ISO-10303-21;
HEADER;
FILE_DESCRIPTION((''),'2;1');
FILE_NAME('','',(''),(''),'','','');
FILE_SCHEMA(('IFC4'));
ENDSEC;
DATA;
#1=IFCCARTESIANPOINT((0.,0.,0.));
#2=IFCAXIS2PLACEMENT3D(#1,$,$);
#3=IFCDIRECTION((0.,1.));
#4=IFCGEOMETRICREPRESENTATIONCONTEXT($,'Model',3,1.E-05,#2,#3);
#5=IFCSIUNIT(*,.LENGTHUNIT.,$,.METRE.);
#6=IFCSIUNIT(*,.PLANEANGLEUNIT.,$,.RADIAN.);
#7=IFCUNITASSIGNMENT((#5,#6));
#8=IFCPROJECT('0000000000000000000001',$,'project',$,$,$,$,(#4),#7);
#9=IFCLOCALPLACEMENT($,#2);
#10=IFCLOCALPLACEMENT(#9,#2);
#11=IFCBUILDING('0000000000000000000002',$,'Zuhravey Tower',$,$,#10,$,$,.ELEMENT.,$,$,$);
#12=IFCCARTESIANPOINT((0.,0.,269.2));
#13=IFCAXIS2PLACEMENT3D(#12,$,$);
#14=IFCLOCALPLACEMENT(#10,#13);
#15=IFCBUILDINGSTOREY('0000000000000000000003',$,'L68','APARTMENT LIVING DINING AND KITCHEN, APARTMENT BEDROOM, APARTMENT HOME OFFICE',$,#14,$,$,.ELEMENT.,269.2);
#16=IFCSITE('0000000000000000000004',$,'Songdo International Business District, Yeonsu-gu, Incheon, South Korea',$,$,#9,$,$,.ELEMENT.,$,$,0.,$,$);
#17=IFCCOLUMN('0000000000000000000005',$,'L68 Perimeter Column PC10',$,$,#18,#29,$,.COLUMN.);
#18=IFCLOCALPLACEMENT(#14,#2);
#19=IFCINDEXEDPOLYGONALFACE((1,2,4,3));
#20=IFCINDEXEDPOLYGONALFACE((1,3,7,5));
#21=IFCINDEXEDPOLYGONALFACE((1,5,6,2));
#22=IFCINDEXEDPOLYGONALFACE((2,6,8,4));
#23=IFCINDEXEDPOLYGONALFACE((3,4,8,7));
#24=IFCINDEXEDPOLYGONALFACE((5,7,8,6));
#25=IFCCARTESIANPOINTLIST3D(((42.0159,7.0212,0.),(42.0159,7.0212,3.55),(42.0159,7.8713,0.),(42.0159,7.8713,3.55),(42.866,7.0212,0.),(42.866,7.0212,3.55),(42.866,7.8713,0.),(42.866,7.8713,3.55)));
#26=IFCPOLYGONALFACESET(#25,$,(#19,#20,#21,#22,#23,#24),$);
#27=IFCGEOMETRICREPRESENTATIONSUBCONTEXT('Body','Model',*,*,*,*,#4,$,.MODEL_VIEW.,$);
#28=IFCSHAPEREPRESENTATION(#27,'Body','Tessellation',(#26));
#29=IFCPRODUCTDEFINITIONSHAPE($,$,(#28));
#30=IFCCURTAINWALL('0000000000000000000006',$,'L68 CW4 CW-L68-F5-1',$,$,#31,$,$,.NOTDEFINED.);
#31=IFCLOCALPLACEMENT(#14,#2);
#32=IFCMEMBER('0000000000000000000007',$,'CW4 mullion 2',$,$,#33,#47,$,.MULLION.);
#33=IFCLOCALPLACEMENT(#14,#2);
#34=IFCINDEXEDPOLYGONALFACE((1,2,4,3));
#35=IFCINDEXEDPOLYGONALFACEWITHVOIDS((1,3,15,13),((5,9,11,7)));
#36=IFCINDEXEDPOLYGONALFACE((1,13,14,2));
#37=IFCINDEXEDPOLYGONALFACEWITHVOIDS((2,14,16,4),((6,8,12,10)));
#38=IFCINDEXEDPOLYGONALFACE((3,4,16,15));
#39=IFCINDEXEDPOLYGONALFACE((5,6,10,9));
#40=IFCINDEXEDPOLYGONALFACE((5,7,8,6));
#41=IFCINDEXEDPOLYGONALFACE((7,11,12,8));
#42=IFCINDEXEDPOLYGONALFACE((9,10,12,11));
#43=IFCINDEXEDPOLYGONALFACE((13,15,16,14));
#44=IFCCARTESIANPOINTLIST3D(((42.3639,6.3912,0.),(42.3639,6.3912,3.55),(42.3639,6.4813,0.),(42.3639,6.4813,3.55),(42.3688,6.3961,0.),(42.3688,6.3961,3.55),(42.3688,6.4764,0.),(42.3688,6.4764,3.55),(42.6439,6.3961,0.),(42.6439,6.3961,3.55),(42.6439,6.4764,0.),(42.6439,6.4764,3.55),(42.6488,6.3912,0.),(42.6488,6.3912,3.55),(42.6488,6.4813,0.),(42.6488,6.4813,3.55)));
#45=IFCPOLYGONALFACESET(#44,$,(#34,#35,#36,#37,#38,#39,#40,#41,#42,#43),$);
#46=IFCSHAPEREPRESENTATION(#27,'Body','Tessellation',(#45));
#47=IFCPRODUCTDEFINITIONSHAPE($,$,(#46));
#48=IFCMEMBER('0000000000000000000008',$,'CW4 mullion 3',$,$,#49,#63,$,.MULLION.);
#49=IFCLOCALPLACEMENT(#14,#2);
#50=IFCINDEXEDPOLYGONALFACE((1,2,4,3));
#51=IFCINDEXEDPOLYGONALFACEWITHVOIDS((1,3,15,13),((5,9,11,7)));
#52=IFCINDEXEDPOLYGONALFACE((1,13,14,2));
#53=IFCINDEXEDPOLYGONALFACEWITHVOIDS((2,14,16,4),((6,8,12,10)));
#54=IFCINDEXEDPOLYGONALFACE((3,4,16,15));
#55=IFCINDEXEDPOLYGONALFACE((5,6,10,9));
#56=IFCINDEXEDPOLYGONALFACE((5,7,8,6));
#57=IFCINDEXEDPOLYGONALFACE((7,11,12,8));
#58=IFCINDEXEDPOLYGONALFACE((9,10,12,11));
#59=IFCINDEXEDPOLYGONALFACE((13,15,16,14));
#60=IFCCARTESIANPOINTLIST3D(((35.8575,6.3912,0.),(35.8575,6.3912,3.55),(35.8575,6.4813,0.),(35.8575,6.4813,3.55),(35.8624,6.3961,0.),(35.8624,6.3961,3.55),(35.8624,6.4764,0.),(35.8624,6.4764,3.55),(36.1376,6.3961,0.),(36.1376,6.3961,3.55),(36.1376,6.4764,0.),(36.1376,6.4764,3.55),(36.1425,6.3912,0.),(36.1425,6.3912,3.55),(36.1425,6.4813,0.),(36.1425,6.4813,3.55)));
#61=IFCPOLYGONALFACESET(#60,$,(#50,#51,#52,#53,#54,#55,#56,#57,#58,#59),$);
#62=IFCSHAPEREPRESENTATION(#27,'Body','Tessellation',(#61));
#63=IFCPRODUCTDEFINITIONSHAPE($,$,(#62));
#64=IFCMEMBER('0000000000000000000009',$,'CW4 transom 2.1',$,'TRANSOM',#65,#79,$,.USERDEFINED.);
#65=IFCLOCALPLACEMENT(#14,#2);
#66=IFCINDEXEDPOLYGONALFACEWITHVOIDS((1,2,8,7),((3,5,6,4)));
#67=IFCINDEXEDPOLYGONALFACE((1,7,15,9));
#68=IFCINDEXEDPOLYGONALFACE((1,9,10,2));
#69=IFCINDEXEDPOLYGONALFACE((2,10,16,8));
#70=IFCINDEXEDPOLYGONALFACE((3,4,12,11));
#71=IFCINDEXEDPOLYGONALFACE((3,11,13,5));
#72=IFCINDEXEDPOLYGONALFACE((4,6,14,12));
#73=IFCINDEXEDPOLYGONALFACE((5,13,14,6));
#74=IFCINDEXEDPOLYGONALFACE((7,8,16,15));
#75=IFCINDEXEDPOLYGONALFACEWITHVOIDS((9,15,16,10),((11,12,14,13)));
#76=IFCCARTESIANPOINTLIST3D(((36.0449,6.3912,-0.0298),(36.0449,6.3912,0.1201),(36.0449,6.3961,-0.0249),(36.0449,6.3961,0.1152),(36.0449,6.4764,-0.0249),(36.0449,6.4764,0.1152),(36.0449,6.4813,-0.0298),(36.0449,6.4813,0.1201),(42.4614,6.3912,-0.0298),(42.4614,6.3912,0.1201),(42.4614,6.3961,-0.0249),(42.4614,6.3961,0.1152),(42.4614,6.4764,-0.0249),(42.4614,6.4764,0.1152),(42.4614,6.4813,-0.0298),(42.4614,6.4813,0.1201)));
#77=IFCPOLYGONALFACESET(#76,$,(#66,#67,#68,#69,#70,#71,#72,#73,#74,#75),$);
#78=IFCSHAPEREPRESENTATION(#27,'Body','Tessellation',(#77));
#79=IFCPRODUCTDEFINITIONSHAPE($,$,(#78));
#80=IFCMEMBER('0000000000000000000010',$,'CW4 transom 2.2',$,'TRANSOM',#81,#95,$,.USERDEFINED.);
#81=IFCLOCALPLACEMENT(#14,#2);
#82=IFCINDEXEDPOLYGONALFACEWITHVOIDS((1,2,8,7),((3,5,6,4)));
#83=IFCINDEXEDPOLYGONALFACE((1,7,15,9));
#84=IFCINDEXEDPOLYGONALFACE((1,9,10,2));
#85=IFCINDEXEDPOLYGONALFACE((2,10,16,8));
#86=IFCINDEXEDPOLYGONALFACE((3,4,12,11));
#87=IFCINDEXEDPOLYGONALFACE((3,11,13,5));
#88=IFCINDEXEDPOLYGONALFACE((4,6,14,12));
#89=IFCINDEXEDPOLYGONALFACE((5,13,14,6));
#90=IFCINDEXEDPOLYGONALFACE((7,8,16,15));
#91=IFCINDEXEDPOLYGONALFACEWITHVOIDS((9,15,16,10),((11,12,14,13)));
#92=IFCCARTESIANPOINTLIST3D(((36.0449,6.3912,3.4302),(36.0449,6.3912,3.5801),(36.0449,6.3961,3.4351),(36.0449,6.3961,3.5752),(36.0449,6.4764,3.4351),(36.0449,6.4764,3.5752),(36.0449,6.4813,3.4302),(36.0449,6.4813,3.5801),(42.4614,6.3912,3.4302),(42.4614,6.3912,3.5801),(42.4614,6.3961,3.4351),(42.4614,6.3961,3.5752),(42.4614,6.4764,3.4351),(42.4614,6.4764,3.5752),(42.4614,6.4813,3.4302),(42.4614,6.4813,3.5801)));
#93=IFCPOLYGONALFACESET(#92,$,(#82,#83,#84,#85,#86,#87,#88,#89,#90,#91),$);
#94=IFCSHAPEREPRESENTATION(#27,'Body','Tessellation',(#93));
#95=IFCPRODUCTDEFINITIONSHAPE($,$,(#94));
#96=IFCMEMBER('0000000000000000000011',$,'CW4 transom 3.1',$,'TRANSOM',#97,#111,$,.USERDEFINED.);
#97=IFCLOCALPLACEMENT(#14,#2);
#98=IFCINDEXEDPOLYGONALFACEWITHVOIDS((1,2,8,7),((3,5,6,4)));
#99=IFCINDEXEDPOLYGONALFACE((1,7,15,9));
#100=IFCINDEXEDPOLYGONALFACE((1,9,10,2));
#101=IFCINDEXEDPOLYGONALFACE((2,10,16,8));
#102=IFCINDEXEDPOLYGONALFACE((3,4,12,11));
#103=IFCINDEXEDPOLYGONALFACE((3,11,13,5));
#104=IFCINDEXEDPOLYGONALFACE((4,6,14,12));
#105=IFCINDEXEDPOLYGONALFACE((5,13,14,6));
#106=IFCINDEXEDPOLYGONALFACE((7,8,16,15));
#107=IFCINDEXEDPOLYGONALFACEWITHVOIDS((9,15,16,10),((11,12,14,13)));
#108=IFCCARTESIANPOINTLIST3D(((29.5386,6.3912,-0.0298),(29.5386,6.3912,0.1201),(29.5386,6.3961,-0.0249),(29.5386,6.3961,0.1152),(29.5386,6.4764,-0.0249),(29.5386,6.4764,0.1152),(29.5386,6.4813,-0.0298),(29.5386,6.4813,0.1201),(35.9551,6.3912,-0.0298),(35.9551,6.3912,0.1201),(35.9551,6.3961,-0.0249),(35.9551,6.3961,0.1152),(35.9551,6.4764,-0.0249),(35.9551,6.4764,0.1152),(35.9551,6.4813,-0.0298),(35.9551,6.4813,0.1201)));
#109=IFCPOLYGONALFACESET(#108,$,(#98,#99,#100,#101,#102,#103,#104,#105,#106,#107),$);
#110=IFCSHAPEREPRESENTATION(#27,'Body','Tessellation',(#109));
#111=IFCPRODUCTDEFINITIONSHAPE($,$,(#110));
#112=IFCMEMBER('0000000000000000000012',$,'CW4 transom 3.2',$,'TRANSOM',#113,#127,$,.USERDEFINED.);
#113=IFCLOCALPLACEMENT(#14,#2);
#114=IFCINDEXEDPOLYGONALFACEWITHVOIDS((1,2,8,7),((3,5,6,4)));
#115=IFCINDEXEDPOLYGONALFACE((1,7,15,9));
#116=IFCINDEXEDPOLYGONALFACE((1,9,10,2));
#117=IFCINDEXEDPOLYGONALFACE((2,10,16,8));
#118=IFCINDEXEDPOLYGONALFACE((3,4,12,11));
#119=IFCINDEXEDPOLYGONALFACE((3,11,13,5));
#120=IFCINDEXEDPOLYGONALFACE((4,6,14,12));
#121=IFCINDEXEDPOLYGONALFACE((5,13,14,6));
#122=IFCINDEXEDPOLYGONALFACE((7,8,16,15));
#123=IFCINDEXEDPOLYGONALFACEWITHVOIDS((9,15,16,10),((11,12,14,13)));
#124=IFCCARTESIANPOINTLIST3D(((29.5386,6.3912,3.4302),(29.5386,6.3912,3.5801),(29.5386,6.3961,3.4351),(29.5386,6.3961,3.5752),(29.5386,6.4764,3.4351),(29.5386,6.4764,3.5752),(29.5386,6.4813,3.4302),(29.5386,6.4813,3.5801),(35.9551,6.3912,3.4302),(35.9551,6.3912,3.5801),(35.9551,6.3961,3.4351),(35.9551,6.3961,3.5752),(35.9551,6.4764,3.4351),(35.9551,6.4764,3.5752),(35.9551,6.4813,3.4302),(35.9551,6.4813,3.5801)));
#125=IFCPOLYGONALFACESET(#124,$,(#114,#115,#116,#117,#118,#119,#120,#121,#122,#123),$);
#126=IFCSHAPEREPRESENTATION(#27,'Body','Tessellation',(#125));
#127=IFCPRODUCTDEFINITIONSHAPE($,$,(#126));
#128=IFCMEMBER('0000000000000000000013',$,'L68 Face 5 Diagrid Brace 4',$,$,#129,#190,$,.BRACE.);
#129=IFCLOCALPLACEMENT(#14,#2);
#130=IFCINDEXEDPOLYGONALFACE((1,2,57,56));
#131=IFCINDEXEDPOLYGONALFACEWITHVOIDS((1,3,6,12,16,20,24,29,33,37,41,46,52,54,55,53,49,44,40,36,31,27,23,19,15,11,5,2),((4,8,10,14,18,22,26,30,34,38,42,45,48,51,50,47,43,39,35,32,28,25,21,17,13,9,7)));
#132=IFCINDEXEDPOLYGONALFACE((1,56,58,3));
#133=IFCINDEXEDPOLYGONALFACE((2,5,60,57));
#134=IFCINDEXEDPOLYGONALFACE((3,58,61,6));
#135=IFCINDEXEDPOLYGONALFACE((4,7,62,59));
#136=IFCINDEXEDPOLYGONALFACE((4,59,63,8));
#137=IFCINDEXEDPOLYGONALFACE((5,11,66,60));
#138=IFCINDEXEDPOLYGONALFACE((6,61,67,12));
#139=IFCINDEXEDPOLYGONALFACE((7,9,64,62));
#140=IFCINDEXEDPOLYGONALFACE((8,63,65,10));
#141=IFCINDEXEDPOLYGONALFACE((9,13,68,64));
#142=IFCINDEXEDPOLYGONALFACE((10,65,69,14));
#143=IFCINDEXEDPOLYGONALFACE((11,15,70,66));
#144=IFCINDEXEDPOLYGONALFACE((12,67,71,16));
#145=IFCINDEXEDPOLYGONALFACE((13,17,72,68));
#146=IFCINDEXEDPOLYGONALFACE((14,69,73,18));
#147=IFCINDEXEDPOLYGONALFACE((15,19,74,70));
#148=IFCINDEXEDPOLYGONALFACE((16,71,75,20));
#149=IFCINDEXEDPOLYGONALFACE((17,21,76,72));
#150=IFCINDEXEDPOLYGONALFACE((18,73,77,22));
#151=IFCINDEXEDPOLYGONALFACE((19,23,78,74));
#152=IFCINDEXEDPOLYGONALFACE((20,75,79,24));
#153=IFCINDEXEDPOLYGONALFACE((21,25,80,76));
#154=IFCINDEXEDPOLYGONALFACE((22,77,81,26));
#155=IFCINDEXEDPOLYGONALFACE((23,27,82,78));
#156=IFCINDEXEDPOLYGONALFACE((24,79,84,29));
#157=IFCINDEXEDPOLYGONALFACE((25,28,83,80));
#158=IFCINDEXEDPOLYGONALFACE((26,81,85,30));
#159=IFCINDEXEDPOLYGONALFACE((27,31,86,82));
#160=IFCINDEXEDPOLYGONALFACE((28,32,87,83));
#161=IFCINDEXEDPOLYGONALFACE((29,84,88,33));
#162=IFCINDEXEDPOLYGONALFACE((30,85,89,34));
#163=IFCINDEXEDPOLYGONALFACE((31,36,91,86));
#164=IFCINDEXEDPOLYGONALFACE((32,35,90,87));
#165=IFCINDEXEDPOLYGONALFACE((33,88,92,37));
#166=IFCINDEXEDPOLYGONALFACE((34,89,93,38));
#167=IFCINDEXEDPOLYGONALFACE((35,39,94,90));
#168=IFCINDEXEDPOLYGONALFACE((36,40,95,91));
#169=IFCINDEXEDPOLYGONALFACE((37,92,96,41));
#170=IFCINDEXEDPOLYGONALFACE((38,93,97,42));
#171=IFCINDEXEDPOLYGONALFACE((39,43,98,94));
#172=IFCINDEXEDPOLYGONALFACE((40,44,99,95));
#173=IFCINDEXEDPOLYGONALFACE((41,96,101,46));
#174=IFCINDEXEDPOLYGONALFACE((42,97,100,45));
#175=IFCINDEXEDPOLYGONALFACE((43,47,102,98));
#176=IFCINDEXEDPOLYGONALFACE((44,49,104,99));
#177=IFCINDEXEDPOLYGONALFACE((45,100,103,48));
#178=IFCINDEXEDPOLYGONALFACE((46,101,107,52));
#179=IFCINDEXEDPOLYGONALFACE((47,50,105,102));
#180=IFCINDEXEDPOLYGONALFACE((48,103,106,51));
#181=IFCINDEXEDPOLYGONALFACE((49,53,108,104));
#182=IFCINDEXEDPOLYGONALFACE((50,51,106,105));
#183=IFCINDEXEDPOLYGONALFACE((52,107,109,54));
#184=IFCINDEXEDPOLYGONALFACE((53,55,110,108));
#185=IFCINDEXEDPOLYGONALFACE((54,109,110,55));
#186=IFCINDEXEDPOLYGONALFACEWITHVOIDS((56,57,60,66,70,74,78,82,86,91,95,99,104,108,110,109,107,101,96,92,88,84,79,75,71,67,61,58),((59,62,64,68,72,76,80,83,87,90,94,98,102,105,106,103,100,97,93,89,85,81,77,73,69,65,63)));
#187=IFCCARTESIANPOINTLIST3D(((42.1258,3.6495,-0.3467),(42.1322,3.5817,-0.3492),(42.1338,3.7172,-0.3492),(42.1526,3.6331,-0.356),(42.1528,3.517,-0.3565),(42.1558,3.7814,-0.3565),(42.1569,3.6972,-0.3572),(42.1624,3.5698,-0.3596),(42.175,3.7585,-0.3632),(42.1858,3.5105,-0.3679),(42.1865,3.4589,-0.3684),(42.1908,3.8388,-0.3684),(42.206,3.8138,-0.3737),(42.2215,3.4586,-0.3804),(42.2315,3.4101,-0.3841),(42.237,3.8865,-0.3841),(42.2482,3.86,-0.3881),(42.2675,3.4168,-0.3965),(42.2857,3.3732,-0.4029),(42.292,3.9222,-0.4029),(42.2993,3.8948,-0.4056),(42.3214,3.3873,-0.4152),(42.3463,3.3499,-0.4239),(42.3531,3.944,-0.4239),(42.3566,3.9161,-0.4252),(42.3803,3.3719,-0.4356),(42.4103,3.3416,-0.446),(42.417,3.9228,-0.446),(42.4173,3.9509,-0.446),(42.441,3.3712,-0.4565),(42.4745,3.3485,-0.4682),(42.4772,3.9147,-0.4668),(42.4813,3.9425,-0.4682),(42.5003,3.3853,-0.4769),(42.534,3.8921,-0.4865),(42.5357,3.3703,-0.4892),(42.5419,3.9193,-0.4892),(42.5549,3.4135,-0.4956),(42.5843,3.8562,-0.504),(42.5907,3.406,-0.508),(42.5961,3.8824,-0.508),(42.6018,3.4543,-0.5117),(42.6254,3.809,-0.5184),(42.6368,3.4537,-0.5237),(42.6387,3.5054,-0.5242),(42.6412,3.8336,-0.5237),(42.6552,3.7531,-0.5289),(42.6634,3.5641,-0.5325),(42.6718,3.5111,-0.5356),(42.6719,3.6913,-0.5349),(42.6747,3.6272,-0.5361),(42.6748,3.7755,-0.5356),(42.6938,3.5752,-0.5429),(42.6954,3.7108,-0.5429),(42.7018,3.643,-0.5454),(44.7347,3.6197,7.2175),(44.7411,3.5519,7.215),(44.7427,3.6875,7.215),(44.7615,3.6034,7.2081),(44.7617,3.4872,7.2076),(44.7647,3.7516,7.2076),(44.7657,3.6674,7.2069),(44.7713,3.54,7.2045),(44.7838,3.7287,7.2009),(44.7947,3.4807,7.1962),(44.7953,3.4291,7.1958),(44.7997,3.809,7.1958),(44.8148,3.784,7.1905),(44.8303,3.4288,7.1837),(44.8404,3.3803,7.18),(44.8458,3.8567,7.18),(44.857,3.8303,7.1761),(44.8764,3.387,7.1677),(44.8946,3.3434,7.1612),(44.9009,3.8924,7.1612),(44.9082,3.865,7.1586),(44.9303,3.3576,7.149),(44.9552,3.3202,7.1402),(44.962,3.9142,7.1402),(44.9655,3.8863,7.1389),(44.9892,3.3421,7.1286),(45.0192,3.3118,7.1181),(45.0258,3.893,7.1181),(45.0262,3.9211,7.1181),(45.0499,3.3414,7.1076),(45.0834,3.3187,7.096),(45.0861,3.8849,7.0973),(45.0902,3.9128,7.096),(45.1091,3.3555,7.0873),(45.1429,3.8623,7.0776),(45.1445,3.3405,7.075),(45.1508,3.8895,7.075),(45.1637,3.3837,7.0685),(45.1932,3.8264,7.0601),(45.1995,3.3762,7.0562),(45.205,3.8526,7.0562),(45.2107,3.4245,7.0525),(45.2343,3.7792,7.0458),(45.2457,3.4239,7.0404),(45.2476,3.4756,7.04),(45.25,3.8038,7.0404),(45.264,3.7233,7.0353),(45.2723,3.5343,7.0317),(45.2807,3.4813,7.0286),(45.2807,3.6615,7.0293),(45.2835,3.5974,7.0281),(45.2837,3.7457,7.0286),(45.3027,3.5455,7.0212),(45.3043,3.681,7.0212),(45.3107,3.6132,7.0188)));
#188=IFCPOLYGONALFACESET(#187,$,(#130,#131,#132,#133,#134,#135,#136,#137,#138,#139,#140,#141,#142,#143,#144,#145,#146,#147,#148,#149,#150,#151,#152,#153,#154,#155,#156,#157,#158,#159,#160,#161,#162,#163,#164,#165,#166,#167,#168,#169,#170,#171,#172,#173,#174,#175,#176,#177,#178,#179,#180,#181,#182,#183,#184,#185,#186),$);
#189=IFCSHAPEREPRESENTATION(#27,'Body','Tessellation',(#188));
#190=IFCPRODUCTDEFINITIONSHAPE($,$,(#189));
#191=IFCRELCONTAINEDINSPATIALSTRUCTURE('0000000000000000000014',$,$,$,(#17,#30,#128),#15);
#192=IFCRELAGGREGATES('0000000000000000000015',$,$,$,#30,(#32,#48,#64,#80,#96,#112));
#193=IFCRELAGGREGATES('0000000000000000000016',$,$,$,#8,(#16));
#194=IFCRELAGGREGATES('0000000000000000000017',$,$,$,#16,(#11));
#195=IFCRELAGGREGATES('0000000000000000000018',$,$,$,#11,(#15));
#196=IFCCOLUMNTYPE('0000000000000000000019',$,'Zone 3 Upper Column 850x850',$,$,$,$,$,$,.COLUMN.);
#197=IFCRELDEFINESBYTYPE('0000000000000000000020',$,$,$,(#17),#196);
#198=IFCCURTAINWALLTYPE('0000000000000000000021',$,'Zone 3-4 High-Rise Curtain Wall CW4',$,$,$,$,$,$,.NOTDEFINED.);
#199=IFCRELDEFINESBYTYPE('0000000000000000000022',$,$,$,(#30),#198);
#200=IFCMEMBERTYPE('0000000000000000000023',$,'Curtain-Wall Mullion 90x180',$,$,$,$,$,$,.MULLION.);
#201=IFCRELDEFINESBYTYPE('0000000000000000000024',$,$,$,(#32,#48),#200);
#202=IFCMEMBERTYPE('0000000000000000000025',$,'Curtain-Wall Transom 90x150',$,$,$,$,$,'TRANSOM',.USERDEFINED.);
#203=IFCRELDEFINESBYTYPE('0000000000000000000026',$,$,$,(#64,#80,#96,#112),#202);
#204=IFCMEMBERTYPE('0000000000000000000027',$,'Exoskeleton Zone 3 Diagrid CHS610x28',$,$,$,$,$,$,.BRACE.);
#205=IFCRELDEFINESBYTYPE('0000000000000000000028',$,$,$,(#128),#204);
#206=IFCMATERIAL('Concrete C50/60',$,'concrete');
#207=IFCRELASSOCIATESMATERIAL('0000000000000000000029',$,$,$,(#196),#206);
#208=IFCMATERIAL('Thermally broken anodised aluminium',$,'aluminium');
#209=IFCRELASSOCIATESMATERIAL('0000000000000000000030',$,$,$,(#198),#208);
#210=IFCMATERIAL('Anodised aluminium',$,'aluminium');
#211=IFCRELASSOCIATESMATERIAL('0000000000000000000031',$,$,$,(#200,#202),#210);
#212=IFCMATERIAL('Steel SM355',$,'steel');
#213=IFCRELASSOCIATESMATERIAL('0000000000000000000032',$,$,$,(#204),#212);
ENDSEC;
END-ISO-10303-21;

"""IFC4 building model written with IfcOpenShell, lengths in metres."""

from ifc_helpers import new_model, si_unit, direction, frame, origin, origin_2d, place, context, subcontext, project, spatial, rectangle, hollow_rectangle, hollow_circle, extrude, material, material_profile, profile_set, type_object, element, aggregate, save


model = new_model("IFC4")

# Units and contexts
model_context = context("Model", 3, precision=1e-05, world=origin(), true_north=direction((0.0, 1.0)))
body_context = subcontext(model_context, "Body", "Model", "MODEL_VIEW")
ifc_project = project(units=[si_unit("LENGTHUNIT", "METRE"), si_unit("PLANEANGLEUNIT", "RADIAN")], contexts=[model_context])

# Site, building, storey
site_placement = place(None, origin())
site = spatial("IfcSite", under=ifc_project, at=site_placement, Name="Songdo International Business District, Yeonsu-gu, Incheon, South Korea", CompositionType="ELEMENT", RefElevation=0.0)
building_placement = place(site_placement, origin())
building = spatial("IfcBuilding", under=site, at=building_placement, Name="Zuhravey Tower", CompositionType="ELEMENT")
storey_placement = place(building_placement, frame((0.0, 0.0, 269.2)))
storey = spatial("IfcBuildingStorey", under=building, at=storey_placement, Name="L68", Description="APARTMENT LIVING DINING AND KITCHEN, APARTMENT BEDROOM, APARTMENT HOME OFFICE", CompositionType="ELEMENT", Elevation=269.2)

# Column
ifc_material_1 = material(Name="Concrete C50/60", Category="concrete")
ifc_material_profile_1 = material_profile(ifc_material_1, rectangle(XDim=0.8501, YDim=0.8501, at=origin_2d()), Name="RC-850x850")
ifc_profile_set_1 = profile_set([ifc_material_profile_1], Name="Concrete C50/60")
column_type = type_object("IfcColumnType", Name="Zone 3 Upper Column 850x850", PredefinedType="COLUMN", material=ifc_profile_set_1)
column_placement = place(storey_placement, frame((42.4409, 7.4463, 0.0), z_axis=(0.0, 0.0, 1.0), x_axis=(1.0, 0.0, 0.0)))
element("IfcColumn", 1, at=column_placement, inside=storey, type_object=column_type, Name="L68 Perimeter Column PC10", PredefinedType="COLUMN", context=body_context, shape_type="SweptSolid", body=[
    extrude(rectangle(XDim=0.8501, YDim=0.8501, at=origin_2d()), origin(), (0.0, 0.0, 1.0), 3.55),
])

# Curtain wall, members
ifc_material_2 = material(Name="Thermally broken anodised aluminium", Category="aluminium")
curtain_wall_type = type_object("IfcCurtainWallType", Name="Zone 3-4 High-Rise Curtain Wall CW4", PredefinedType="NOTDEFINED", material=ifc_material_2)
curtain_wall_placement = place(storey_placement, origin())
curtain_wall = element("IfcCurtainWall", 2, at=curtain_wall_placement, inside=storey, type_object=curtain_wall_type, Name="L68 CW4 CW-L68-F5-1", PredefinedType="NOTDEFINED")
ifc_material_3 = material(Name="Anodised aluminium", Category="aluminium")
ifc_material_profile_2 = material_profile(ifc_material_3, hollow_rectangle(XDim=0.0901, YDim=0.2849, WallThickness=0.0049, at=origin_2d()), Name="ALU-RHS-90x285x5")
ifc_profile_set_2 = profile_set([ifc_material_profile_2], Name="Anodised aluminium")
member_type_1 = type_object("IfcMemberType", Name="Curtain-Wall Mullion 90x180", PredefinedType="MULLION", material=ifc_profile_set_2)
member_1_placement = place(storey_placement, frame((42.5063, 6.4363, 0.0), z_axis=(0.0, 0.0, 1.0), x_axis=(0.0, -1.0, 0.0)))
member_1 = element("IfcMember", 3, at=member_1_placement, type_object=member_type_1, Name="CW4 mullion 2", PredefinedType="MULLION", context=body_context, shape_type="SweptSolid", body=[
    extrude(hollow_rectangle(XDim=0.0901, YDim=0.2849, WallThickness=0.0049, at=origin_2d()), origin(), (0.0, 0.0, 1.0), 3.55),
])
member_2_placement = place(storey_placement, frame((36.0, 6.4363, 0.0), z_axis=(0.0, 0.0, 1.0), x_axis=(0.0, -1.0, 0.0)))
member_2 = element("IfcMember", 4, at=member_2_placement, type_object=member_type_1, Name="CW4 mullion 3", PredefinedType="MULLION", context=body_context, shape_type="SweptSolid", body=[
    extrude(hollow_rectangle(XDim=0.0901, YDim=0.2849, WallThickness=0.0049, at=origin_2d()), origin(), (0.0, 0.0, 1.0), 3.55),
])
ifc_material_profile_3 = material_profile(ifc_material_3, hollow_rectangle(XDim=0.0901, YDim=0.1499, WallThickness=0.0049, at=origin_2d()), Name="ALU-RHS-90x150x5")
ifc_profile_set_3 = profile_set([ifc_material_profile_3], Name="Anodised aluminium")
member_type_2 = type_object("IfcMemberType", Name="Curtain-Wall Transom 90x150", ElementType="TRANSOM", PredefinedType="USERDEFINED", material=ifc_profile_set_3)
member_3_placement = place(storey_placement, frame((42.4614, 6.4363, 0.0452), z_axis=(-1.0, 0.0, 0.0), x_axis=(0.0, -1.0, 0.0)))
member_3 = element("IfcMember", 5, at=member_3_placement, type_object=member_type_2, Name="CW4 transom 2.1", ObjectType="TRANSOM", PredefinedType="USERDEFINED", context=body_context, shape_type="SweptSolid", body=[
    extrude(hollow_rectangle(XDim=0.0901, YDim=0.1499, WallThickness=0.0049, at=origin_2d()), origin(), (0.0, 0.0, 1.0), 6.4165),
])
member_4_placement = place(storey_placement, frame((42.4614, 6.4363, 3.5051), z_axis=(-1.0, 0.0, 0.0), x_axis=(0.0, -1.0, 0.0)))
member_4 = element("IfcMember", 6, at=member_4_placement, type_object=member_type_2, Name="CW4 transom 2.2", ObjectType="TRANSOM", PredefinedType="USERDEFINED", context=body_context, shape_type="SweptSolid", body=[
    extrude(hollow_rectangle(XDim=0.0901, YDim=0.1499, WallThickness=0.0049, at=origin_2d()), origin(), (0.0, 0.0, 1.0), 6.4165),
])
member_5_placement = place(storey_placement, frame((35.9551, 6.4363, 0.0452), z_axis=(-1.0, 0.0, 0.0), x_axis=(0.0, -1.0, 0.0)))
member_5 = element("IfcMember", 7, at=member_5_placement, type_object=member_type_2, Name="CW4 transom 3.1", ObjectType="TRANSOM", PredefinedType="USERDEFINED", context=body_context, shape_type="SweptSolid", body=[
    extrude(hollow_rectangle(XDim=0.0901, YDim=0.1499, WallThickness=0.0049, at=origin_2d()), origin(), (0.0, 0.0, 1.0), 6.4165),
])
member_6_placement = place(storey_placement, frame((35.9551, 6.4363, 3.5051), z_axis=(-1.0, 0.0, 0.0), x_axis=(0.0, -1.0, 0.0)))
member_6 = element("IfcMember", 8, at=member_6_placement, type_object=member_type_2, Name="CW4 transom 3.2", ObjectType="TRANSOM", PredefinedType="USERDEFINED", context=body_context, shape_type="SweptSolid", body=[
    extrude(hollow_rectangle(XDim=0.0901, YDim=0.1499, WallThickness=0.0049, at=origin_2d()), origin(), (0.0, 0.0, 1.0), 6.4165),
])

# Member
ifc_material_4 = material(Name="Steel SM355", Category="steel")
ifc_material_profile_4 = material_profile(ifc_material_4, hollow_circle(Radius=0.3047, WallThickness=0.0281, at=origin_2d()), Name="CHS-609.6x28")
ifc_profile_set_4 = profile_set([ifc_material_profile_4], Name="Steel SM355")
member_type_3 = type_object("IfcMemberType", Name="Exoskeleton Zone 3 Diagrid CHS610x28", PredefinedType="BRACE", material=ifc_profile_set_4)
member_7_placement = place(storey_placement, frame((42.4138, 3.6462, -0.446), z_axis=(0.326049, -0.003722, 0.945346), x_axis=(0.011416, 0.999935, 0.0)))
element("IfcMember", 9, at=member_7_placement, inside=storey, type_object=member_type_3, Name="L68 Face 5 Diagrid Brace 4", PredefinedType="BRACE", context=body_context, shape_type="SweptSolid", body=[
    extrude(hollow_circle(Radius=0.3047, WallThickness=0.0281, at=origin_2d()), origin(), (0.0, 0.0, 1.0), 8.0015),
])

aggregate(curtain_wall, [member_1, member_2, member_3, member_4, member_5, member_6])

save(model, "model.ifc")
